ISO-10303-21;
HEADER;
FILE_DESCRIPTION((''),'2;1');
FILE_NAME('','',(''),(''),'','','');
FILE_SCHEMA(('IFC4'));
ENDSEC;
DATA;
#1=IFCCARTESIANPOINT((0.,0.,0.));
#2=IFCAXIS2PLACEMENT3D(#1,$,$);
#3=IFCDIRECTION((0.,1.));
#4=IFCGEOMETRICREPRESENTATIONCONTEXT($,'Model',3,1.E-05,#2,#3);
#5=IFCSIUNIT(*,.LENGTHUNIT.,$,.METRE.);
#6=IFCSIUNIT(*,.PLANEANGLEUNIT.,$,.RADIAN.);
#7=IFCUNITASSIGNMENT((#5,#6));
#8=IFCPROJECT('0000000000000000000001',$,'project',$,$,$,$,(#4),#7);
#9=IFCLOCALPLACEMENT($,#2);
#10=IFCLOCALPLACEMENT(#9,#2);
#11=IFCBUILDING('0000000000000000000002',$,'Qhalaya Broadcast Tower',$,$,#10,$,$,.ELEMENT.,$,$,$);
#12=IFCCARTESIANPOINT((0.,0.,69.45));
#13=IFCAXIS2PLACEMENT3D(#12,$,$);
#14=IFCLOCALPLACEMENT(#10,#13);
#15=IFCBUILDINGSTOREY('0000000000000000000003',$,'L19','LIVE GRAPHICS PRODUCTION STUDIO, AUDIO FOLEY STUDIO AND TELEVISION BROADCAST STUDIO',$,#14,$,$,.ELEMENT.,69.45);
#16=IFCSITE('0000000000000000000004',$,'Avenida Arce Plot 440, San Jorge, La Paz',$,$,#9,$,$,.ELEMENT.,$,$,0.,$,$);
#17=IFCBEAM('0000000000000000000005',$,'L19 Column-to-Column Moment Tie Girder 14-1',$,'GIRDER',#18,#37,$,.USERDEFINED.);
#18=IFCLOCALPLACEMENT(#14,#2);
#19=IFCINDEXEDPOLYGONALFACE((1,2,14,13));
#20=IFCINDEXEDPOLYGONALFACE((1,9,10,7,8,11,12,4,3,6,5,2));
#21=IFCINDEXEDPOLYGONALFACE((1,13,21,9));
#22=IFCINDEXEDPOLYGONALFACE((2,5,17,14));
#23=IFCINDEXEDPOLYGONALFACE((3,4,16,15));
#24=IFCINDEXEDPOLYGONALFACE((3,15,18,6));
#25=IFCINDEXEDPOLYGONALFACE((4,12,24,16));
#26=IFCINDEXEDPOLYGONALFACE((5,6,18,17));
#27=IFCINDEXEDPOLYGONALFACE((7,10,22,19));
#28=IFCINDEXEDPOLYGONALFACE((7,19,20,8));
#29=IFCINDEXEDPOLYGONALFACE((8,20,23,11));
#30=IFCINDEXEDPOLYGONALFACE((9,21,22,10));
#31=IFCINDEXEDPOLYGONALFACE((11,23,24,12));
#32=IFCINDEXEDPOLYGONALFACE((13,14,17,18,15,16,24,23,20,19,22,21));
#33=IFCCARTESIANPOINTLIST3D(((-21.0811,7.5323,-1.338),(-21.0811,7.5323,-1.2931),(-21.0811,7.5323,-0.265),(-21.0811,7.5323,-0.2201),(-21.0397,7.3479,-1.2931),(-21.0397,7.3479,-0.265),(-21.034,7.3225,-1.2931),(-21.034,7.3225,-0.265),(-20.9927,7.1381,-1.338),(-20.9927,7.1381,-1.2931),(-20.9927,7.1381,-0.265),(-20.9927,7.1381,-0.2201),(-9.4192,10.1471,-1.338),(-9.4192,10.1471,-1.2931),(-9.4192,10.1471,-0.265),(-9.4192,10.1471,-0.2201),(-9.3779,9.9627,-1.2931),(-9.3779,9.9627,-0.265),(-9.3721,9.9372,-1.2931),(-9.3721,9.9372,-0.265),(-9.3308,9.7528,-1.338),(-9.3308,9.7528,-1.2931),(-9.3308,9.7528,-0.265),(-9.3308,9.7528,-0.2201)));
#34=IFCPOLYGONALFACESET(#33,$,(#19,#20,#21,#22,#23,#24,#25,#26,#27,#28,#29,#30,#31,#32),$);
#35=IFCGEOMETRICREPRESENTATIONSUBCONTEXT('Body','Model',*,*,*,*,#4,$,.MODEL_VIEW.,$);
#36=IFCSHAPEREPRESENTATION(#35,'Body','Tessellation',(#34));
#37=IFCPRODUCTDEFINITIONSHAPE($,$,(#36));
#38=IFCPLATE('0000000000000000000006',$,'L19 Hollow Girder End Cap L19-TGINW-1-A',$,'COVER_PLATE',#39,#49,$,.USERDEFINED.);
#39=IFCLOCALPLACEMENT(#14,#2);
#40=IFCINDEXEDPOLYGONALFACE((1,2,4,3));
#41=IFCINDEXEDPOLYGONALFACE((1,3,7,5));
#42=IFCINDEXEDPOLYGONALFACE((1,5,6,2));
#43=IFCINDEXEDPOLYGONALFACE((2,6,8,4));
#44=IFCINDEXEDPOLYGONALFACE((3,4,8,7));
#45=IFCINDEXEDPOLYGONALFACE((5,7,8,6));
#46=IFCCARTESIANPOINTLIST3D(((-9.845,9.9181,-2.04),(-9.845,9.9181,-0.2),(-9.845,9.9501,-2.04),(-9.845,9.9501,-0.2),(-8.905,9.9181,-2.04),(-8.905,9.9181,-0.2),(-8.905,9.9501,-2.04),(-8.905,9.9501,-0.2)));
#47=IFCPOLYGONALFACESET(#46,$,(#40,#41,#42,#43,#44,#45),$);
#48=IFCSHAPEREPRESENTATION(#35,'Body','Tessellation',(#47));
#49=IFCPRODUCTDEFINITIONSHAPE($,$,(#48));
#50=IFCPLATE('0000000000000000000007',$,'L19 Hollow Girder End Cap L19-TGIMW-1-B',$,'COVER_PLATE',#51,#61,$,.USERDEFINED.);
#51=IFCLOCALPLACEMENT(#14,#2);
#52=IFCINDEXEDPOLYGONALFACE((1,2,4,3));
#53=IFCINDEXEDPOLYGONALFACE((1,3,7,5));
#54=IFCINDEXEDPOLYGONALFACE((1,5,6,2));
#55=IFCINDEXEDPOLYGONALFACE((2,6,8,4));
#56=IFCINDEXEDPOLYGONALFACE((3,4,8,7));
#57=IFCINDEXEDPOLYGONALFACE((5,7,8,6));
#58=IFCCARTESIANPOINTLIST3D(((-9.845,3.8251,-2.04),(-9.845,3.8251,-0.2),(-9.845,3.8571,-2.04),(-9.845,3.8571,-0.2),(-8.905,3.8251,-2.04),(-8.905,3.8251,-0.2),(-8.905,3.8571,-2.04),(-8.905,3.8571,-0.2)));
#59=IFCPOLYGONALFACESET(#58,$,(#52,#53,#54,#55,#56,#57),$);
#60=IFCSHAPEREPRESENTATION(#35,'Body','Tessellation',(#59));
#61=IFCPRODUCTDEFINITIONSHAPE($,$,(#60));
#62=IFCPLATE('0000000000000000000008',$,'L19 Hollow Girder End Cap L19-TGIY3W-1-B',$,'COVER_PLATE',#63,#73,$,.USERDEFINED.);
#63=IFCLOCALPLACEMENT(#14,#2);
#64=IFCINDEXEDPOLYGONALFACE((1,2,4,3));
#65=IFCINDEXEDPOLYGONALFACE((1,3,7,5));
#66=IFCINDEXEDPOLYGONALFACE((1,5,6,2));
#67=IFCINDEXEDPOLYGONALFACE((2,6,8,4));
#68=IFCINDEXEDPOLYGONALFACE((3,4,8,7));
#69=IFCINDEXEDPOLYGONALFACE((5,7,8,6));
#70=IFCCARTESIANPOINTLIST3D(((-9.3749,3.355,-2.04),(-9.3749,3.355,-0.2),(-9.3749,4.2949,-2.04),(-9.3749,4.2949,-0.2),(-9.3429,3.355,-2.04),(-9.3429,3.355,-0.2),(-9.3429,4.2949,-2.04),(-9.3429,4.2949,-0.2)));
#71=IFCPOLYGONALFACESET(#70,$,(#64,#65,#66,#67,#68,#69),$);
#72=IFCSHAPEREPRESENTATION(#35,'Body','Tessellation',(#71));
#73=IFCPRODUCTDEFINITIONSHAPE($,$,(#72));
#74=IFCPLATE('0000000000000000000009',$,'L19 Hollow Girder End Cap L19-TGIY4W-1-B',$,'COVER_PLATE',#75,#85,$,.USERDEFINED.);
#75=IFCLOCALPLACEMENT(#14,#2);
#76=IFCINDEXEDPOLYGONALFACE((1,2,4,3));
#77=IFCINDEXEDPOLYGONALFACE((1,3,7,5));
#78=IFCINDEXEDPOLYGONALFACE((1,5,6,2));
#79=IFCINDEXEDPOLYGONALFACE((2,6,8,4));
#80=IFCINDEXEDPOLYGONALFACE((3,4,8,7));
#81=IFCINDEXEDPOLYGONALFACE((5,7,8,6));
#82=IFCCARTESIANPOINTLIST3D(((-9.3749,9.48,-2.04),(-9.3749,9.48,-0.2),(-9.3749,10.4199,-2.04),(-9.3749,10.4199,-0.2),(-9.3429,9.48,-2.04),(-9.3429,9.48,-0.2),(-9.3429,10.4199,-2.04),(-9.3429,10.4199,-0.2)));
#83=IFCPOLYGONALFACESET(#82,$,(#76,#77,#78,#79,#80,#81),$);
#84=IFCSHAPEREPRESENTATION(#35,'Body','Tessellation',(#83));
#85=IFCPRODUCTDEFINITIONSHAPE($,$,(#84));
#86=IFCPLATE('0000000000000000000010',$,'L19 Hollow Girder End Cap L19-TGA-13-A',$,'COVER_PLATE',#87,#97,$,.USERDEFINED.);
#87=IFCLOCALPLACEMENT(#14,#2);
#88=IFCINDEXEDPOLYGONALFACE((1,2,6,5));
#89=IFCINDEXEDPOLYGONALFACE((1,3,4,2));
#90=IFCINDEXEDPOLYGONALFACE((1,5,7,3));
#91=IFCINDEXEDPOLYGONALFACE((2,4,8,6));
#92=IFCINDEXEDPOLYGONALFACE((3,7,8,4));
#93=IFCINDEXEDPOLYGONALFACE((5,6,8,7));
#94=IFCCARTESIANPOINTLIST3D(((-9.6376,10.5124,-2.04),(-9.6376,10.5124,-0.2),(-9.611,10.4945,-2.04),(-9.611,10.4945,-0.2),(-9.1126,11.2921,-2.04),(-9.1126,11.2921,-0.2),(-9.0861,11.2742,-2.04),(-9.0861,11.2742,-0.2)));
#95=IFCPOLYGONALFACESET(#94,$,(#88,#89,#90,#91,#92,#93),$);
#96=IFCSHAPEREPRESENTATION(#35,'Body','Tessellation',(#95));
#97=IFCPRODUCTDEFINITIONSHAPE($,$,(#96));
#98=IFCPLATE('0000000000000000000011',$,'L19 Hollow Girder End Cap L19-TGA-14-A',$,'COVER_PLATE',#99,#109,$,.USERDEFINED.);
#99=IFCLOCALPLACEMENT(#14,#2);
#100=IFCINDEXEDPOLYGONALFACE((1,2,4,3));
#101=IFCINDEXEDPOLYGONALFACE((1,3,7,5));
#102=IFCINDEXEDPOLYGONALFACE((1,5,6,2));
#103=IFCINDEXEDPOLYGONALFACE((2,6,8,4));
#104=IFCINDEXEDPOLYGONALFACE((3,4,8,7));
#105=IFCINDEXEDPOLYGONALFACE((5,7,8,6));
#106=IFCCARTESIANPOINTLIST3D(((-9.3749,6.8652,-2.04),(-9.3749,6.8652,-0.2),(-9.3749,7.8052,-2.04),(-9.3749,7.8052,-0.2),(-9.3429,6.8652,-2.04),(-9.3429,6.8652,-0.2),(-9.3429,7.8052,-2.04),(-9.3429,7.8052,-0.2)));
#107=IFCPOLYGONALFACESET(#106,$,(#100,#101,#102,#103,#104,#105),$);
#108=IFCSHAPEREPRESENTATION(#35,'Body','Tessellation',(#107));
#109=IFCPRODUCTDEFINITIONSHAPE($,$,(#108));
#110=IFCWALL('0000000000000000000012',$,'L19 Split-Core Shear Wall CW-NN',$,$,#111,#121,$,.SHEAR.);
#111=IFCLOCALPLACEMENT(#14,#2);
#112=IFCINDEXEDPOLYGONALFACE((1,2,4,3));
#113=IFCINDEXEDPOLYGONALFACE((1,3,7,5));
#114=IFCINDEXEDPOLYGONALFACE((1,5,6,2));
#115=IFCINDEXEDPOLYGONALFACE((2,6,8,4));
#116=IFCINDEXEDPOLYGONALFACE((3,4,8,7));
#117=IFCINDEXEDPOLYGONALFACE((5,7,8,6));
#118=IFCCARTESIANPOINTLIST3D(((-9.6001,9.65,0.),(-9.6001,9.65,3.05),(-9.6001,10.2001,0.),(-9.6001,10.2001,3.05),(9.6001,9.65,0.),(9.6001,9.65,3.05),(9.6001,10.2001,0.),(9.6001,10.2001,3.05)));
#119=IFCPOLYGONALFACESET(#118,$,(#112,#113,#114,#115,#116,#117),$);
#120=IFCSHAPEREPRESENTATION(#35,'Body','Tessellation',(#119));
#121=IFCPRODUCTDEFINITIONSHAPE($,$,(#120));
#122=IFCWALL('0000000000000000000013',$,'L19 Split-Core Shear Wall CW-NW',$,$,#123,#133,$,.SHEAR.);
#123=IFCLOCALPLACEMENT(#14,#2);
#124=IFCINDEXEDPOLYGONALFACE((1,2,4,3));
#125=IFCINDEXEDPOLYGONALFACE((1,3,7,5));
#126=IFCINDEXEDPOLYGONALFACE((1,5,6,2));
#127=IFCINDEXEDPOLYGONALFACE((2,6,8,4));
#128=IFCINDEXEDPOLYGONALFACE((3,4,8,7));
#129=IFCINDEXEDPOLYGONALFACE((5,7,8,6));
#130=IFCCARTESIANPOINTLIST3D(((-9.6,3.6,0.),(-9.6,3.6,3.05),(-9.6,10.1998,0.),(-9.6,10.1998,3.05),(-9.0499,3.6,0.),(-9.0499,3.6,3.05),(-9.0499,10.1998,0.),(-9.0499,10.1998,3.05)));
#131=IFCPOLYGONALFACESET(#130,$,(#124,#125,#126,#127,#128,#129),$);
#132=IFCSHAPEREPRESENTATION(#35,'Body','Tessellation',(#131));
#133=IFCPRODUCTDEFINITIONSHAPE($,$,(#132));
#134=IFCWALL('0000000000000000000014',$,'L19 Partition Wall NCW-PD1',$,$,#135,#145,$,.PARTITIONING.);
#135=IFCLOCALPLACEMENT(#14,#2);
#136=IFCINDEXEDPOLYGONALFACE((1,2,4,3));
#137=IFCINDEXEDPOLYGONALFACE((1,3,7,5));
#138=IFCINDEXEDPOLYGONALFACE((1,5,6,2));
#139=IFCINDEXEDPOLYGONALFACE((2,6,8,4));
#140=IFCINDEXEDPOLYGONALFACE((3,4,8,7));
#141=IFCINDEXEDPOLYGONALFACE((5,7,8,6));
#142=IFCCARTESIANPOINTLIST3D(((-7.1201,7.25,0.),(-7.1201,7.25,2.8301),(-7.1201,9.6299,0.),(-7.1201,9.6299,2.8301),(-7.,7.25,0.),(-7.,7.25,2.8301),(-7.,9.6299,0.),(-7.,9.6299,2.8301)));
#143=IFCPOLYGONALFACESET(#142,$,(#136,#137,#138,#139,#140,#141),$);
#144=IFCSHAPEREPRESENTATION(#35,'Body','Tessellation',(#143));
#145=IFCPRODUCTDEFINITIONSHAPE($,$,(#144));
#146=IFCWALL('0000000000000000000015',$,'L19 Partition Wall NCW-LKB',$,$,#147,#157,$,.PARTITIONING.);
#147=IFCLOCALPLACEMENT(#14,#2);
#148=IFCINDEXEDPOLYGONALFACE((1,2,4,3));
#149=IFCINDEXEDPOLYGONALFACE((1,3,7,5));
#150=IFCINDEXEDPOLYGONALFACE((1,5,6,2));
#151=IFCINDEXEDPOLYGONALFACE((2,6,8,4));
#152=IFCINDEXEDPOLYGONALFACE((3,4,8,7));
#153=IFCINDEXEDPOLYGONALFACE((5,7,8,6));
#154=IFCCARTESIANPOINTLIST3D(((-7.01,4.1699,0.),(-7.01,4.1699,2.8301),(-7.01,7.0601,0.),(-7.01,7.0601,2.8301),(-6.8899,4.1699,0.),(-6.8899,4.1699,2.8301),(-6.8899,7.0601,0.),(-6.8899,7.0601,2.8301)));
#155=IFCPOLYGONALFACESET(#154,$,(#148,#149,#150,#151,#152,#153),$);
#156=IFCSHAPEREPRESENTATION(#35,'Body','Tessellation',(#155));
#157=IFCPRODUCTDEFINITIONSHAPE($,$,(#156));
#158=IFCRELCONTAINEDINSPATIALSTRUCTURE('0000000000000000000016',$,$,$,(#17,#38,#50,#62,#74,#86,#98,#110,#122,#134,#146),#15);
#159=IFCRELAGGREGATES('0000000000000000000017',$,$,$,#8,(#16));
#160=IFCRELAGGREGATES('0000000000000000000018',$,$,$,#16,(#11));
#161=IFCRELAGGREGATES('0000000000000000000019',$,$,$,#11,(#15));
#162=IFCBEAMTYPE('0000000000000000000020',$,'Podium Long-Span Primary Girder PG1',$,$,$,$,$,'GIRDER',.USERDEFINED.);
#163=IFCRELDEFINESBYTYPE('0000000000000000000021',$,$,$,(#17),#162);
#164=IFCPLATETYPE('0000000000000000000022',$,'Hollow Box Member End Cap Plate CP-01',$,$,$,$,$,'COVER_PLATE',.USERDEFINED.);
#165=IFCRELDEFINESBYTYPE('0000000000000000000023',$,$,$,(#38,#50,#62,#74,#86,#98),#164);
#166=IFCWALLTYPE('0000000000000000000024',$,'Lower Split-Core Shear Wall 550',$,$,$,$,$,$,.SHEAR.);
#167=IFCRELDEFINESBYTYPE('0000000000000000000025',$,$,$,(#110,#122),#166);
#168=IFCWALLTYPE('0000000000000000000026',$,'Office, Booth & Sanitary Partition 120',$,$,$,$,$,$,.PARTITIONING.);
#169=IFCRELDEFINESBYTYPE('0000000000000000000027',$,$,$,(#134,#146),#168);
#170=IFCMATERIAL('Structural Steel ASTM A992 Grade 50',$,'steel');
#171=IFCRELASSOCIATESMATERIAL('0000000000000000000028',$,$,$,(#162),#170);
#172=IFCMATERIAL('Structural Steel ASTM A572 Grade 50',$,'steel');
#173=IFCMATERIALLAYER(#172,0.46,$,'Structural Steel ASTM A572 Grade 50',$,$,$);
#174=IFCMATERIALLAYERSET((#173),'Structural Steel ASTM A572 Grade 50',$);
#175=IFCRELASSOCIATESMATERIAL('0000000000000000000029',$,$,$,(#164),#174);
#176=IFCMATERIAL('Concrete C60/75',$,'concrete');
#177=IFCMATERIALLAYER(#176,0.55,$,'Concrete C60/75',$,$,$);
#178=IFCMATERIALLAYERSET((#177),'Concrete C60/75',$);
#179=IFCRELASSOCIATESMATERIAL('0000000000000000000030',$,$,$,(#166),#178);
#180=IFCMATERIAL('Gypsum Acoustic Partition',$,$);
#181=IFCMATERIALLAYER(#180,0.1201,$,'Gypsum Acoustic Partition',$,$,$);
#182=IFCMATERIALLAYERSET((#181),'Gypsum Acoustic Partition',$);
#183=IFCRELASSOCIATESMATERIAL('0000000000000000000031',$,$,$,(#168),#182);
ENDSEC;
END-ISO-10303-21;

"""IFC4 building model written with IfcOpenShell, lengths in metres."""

from ifc_helpers import new_model, si_unit, direction, frame, frame_2d, origin, origin_2d, place, context, subcontext, project, spatial, rectangle, i_section, extrude, material, layer, layer_set, material_profile, profile_set, type_object, element, save


model = new_model("IFC4")

# Units and contexts
model_context = context("Model", 3, precision=1e-05, world=origin(), true_north=direction((0.0, 1.0)))
body_context = subcontext(model_context, "Body", "Model", "MODEL_VIEW")
ifc_project = project(units=[si_unit("LENGTHUNIT", "METRE"), si_unit("PLANEANGLEUNIT", "RADIAN")], contexts=[model_context])

# Site, building, storey
site_placement = place(None, origin())
site = spatial("IfcSite", under=ifc_project, at=site_placement, Name="Avenida Arce Plot 440, San Jorge, La Paz", CompositionType="ELEMENT", RefElevation=0.0)
building_placement = place(site_placement, origin())
building = spatial("IfcBuilding", under=site, at=building_placement, Name="Qhalaya Broadcast Tower", CompositionType="ELEMENT")
storey_placement = place(building_placement, frame((0.0, 0.0, 69.45)))
storey = spatial("IfcBuildingStorey", under=building, at=storey_placement, Name="L19", Description="LIVE GRAPHICS PRODUCTION STUDIO, AUDIO FOLEY STUDIO AND TELEVISION BROADCAST STUDIO", CompositionType="ELEMENT", Elevation=69.45)

# Beam
ifc_material_1 = material(Name="Structural Steel ASTM A572 Grade 50", Category="steel")
ifc_material_2 = material(Name="Structural Steel ASTM A992 Grade 50", Category="steel")
ifc_material_profile_1 = material_profile(ifc_material_2, i_section(OverallWidth=0.4041, OverallDepth=1.1179, WebThickness=0.0261, FlangeThickness=0.0449, at=origin_2d()), Name="W44X335")
ifc_profile_set_1 = profile_set([ifc_material_profile_1], Name="Structural Steel ASTM A992 Grade 50")
beam_type_1 = type_object("IfcBeamType", Name="Podium Long-Span Primary Girder PG1", ElementType="GIRDER", PredefinedType="USERDEFINED", material=ifc_profile_set_1)
beam_1_placement = place(storey_placement, frame((-9.375, 9.95, -0.7791), z_axis=(-0.975774, -0.218782, 0.0), x_axis=(0.218782, -0.975774, 0.0)))
element("IfcBeam", 1, at=beam_1_placement, inside=storey, type_object=beam_type_1, Name="L19 Column-to-Column Moment Tie Girder 14-1", ObjectType="GIRDER", PredefinedType="USERDEFINED", context=body_context, shape_type="SweptSolid", body=[
    extrude(i_section(OverallWidth=0.4041, OverallDepth=1.1179, WebThickness=0.0261, FlangeThickness=0.0449, at=origin_2d()), origin(), (0.0, 0.0, 1.0), 11.9514),
])

# Plates
ifc_layer_1 = layer(ifc_material_1, 0.46, Name="Structural Steel ASTM A572 Grade 50")
ifc_layer_set_1 = layer_set([ifc_layer_1], Name="Structural Steel ASTM A572 Grade 50")
plate_type = type_object("IfcPlateType", Name="Hollow Box Member End Cap Plate CP-01", ElementType="COVER_PLATE", PredefinedType="USERDEFINED", material=ifc_layer_set_1)
for number, where, z_axis, x_axis, name in (
    (2, (-9.375, 9.9341, -2.04), (0.0, 0.0, 1.0), (-1.0, 0.0, 0.0), "L19 Hollow Girder End Cap L19-TGINW-1-A"),
    (3, (-9.375, 3.8411, -2.04), (0.0, 0.0, 1.0), (-1.0, 0.0, 0.0), "L19 Hollow Girder End Cap L19-TGIMW-1-B"),
    (4, (-9.3589, 3.825, -2.04), (0.0, 0.0, 1.0), (0.0, 1.0, 0.0), "L19 Hollow Girder End Cap L19-TGIY3W-1-B"),
    (5, (-9.3589, 9.95, -2.04), (0.0, 0.0, 1.0), (0.0, 1.0, 0.0), "L19 Hollow Girder End Cap L19-TGIY4W-1-B"),
    (6, (-9.3618, 10.8933, -2.04), (0.0, 0.0, 1.0), (-0.558484, -0.829515, 0.0), "L19 Hollow Girder End Cap L19-TGA-13-A"),
    (7, (-9.3589, 7.3352, -2.04), (0.0, 0.0, 1.0), (0.0, -1.0, 0.0), "L19 Hollow Girder End Cap L19-TGA-14-A"),
):
    element("IfcPlate", number, at=place(storey_placement, frame(where, z_axis=z_axis, x_axis=x_axis)), inside=storey, type_object=plate_type, Name=name, ObjectType="COVER_PLATE", PredefinedType="USERDEFINED", context=body_context, shape_type="SweptSolid", body=[
        extrude(rectangle(XDim=0.9399, YDim=0.032, at=origin_2d()), origin(), (0.0, 0.0, 1.0), 1.8401),
    ])

# Walls
ifc_material_3 = material(Name="Concrete C60/75", Category="concrete")
ifc_layer_2 = layer(ifc_material_3, 0.55, Name="Concrete C60/75")
ifc_layer_set_2 = layer_set([ifc_layer_2], Name="Concrete C60/75")
wall_type_1 = type_object("IfcWallType", Name="Lower Split-Core Shear Wall 550", PredefinedType="SHEAR", material=ifc_layer_set_2)
wall_1_placement = place(storey_placement, frame((-9.6001, 9.925, 0.0), z_axis=(0.0, 0.0, 1.0), x_axis=(1.0, 0.0, 0.0)))
element("IfcWall", 8, at=wall_1_placement, inside=storey, type_object=wall_type_1, Name="L19 Split-Core Shear Wall CW-NN", PredefinedType="SHEAR", context=body_context, shape_type="SweptSolid", body=[
    extrude(rectangle(XDim=19.2002, YDim=0.55, at=frame_2d((9.6001, 0.0))), origin(), (0.0, 0.0, 1.0), 3.05),
])
wall_2_placement = place(storey_placement, frame((-9.325, 3.6001, 0.0), z_axis=(0.0, 0.0, 1.0), x_axis=(0.0, 1.0, 0.0)))
element("IfcWall", 9, at=wall_2_placement, inside=storey, type_object=wall_type_1, Name="L19 Split-Core Shear Wall CW-NW", PredefinedType="SHEAR", context=body_context, shape_type="SweptSolid", body=[
    extrude(rectangle(XDim=6.5999, YDim=0.55, at=frame_2d((3.2998, 0.0))), origin(), (0.0, 0.0, 1.0), 3.05),
])
ifc_material_4 = material(Name="Gypsum Acoustic Partition")
ifc_layer_3 = layer(ifc_material_4, 0.1201, Name="Gypsum Acoustic Partition")
ifc_layer_set_3 = layer_set([ifc_layer_3], Name="Gypsum Acoustic Partition")
wall_type_2 = type_object("IfcWallType", Name="Office, Booth & Sanitary Partition 120", PredefinedType="PARTITIONING", material=ifc_layer_set_3)
wall_3_placement = place(storey_placement, frame((-7.0601, 7.25, 0.0), z_axis=(0.0, 0.0, 1.0), x_axis=(0.0, 1.0, 0.0)))
element("IfcWall", 10, at=wall_3_placement, inside=storey, type_object=wall_type_2, Name="L19 Partition Wall NCW-PD1", PredefinedType="PARTITIONING", context=body_context, shape_type="SweptSolid", body=[
    extrude(rectangle(XDim=2.3799, YDim=0.1201, at=frame_2d((1.1899, 0.0))), origin(), (0.0, 0.0, 1.0), 2.8301),
])
wall_4_placement = place(storey_placement, frame((-6.95, 4.1699, 0.0), z_axis=(0.0, 0.0, 1.0), x_axis=(0.0, 1.0, 0.0)))
element("IfcWall", 11, at=wall_4_placement, inside=storey, type_object=wall_type_2, Name="L19 Partition Wall NCW-LKB", PredefinedType="PARTITIONING", context=body_context, shape_type="SweptSolid", body=[
    extrude(rectangle(XDim=2.8901, YDim=0.1201, at=frame_2d((1.4451, 0.0))), origin(), (0.0, 0.0, 1.0), 2.8301),
])

save(model, "model.ifc")
